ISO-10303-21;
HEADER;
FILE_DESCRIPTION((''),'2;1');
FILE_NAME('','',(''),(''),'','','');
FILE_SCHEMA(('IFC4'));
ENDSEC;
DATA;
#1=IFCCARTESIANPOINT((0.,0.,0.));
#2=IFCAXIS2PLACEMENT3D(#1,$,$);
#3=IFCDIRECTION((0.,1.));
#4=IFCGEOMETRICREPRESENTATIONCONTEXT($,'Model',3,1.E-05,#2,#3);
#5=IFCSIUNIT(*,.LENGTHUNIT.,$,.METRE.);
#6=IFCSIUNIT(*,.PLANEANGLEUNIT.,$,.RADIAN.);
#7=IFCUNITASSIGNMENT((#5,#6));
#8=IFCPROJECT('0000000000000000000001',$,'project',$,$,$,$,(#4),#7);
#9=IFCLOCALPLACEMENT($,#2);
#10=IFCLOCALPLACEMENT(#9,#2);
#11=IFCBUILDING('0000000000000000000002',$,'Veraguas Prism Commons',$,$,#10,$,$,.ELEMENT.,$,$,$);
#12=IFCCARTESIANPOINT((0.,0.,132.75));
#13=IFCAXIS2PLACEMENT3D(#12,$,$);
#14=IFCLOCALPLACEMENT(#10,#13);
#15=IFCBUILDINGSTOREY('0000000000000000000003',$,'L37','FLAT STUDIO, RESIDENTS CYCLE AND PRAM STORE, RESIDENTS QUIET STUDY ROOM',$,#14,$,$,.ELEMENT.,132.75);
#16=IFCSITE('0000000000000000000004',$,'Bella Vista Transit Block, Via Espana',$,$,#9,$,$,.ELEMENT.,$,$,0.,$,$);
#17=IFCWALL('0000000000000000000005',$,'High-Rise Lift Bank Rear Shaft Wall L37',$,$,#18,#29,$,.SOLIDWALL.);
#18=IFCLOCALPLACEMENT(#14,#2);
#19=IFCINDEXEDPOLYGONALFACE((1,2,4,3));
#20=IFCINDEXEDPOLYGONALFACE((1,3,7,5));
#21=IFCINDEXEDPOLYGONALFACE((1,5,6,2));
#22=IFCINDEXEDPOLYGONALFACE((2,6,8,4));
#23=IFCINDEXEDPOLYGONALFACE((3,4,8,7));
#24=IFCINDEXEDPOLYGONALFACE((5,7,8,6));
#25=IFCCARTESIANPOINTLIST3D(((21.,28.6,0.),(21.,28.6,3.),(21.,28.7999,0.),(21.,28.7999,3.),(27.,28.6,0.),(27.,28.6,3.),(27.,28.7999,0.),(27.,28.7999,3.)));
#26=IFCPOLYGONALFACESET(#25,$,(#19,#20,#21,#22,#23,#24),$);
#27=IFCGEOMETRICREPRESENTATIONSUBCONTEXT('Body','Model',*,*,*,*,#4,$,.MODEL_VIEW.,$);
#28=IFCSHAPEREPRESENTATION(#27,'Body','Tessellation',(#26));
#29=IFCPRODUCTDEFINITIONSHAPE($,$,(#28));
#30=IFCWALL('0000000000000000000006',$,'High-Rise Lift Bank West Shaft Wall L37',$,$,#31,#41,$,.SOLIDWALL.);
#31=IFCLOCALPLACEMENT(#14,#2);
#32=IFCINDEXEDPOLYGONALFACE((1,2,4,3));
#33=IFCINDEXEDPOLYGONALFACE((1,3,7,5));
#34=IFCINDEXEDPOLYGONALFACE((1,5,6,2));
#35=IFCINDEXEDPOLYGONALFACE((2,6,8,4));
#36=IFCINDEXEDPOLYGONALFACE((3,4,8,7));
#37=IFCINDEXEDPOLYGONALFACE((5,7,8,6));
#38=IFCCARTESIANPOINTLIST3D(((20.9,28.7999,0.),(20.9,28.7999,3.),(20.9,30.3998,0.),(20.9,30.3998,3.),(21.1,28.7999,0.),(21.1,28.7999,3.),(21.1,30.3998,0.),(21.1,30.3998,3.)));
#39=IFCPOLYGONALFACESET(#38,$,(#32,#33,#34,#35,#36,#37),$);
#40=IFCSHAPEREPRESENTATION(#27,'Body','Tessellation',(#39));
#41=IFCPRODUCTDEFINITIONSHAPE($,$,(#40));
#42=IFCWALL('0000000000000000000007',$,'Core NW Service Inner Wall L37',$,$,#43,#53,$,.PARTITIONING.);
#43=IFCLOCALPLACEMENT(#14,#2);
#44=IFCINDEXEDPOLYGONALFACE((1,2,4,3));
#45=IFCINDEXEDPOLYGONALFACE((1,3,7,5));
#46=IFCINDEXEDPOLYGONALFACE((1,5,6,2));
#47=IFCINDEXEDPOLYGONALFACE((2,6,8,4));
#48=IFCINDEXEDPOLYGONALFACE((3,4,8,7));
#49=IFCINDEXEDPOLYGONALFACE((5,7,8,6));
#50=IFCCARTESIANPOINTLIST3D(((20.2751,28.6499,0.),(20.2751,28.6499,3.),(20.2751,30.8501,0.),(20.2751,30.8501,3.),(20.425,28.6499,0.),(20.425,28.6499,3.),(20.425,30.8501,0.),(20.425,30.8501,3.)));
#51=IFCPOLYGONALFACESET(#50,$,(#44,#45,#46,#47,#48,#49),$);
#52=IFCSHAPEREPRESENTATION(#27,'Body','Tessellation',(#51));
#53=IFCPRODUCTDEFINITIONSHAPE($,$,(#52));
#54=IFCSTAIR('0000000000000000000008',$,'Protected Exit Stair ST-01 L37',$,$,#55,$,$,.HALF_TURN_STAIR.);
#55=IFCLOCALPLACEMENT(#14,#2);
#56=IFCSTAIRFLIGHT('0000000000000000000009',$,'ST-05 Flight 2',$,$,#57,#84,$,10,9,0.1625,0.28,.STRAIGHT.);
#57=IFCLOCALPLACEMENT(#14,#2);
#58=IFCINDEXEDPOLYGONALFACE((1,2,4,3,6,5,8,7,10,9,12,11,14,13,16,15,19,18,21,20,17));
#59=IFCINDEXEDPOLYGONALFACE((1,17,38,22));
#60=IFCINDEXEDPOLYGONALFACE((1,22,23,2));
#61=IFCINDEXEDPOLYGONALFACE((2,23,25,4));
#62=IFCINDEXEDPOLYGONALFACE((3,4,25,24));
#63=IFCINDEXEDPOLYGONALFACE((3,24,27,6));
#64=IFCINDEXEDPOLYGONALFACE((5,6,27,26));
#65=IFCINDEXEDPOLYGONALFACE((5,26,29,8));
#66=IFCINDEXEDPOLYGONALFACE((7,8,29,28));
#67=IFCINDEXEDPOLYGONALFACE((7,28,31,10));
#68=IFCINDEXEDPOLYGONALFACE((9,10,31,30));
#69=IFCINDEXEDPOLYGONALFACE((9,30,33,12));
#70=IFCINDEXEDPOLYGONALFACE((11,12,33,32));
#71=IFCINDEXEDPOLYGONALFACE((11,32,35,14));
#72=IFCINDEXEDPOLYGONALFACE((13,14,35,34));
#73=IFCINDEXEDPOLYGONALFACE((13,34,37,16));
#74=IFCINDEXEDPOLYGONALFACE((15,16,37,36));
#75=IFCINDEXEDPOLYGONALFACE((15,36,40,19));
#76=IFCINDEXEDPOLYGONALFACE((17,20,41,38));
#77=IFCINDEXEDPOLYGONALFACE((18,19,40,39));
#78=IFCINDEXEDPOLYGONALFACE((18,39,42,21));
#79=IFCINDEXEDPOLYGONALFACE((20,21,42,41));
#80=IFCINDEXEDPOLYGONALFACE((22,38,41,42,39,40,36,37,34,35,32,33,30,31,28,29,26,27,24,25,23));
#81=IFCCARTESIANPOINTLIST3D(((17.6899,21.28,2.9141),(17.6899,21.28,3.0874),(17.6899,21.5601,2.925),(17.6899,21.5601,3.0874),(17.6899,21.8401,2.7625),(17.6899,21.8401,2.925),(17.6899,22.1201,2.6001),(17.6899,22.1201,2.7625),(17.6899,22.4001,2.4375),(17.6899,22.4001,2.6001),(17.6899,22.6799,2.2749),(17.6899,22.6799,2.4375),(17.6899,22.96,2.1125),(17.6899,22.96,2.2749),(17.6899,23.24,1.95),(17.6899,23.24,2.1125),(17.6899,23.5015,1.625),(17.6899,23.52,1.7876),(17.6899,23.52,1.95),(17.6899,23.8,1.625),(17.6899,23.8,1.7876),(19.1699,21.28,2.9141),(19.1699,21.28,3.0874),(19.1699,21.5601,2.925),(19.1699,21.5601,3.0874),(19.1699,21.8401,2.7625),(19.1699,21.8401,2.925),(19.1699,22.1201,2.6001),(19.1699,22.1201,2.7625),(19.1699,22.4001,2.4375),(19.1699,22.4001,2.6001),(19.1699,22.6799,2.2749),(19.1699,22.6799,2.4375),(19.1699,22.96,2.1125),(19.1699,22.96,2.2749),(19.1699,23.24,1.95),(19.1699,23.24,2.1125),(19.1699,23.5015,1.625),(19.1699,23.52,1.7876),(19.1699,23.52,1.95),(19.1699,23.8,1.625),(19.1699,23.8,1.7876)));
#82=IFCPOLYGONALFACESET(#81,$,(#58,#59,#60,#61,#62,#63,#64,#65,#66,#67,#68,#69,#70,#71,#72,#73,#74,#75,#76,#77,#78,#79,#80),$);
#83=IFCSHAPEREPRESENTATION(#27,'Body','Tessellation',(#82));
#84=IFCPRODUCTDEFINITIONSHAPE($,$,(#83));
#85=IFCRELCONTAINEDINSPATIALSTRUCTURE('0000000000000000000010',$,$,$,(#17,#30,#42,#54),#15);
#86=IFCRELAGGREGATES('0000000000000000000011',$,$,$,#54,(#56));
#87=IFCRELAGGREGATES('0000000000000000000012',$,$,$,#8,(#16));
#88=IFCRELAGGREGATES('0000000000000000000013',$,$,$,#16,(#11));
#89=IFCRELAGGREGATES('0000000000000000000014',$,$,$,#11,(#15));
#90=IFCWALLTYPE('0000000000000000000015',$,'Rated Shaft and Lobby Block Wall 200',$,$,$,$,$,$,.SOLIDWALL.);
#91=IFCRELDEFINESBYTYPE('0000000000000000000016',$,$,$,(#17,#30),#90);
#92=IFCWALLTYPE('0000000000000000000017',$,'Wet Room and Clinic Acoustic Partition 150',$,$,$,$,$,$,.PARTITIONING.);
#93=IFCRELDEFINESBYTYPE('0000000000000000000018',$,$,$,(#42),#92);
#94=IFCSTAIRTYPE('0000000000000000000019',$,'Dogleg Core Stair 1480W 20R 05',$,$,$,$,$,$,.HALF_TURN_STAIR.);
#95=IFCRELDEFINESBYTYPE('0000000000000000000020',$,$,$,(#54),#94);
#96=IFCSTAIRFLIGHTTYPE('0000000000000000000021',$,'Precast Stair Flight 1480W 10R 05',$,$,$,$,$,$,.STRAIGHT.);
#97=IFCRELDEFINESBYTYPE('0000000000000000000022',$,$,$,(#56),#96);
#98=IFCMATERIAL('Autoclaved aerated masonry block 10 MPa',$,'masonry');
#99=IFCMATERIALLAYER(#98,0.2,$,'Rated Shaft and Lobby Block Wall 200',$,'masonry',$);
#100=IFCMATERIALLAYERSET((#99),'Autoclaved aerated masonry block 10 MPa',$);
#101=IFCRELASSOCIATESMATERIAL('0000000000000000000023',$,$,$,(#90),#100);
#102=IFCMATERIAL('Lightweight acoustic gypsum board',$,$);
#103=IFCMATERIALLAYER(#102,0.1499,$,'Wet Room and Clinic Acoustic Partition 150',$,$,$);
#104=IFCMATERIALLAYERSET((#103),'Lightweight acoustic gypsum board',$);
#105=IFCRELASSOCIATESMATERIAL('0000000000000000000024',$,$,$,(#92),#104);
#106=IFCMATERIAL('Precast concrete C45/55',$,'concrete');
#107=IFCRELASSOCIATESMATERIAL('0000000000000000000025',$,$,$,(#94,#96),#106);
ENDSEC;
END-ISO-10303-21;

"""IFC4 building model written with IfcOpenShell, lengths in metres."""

from ifc_helpers import new_model, si_unit, direction, frame, frame_2d, origin, place, context, subcontext, project, spatial, polyline, rectangle, outline, extrude, material, layer, layer_set, type_object, element, aggregate, save


model = new_model("IFC4")

# Units and contexts
model_context = context("Model", 3, precision=1e-05, world=origin(), true_north=direction((0.0, 1.0)))
body_context = subcontext(model_context, "Body", "Model", "MODEL_VIEW")
ifc_project = project(units=[si_unit("LENGTHUNIT", "METRE"), si_unit("PLANEANGLEUNIT", "RADIAN")], contexts=[model_context])

# Site, building, storey
site_placement = place(None, origin())
site = spatial("IfcSite", under=ifc_project, at=site_placement, Name="Bella Vista Transit Block, Via Espana", CompositionType="ELEMENT", RefElevation=0.0)
building_placement = place(site_placement, origin())
building = spatial("IfcBuilding", under=site, at=building_placement, Name="Veraguas Prism Commons", CompositionType="ELEMENT")
storey_placement = place(building_placement, frame((0.0, 0.0, 132.75)))
storey = spatial("IfcBuildingStorey", under=building, at=storey_placement, Name="L37", Description="FLAT STUDIO, RESIDENTS CYCLE AND PRAM STORE, RESIDENTS QUIET STUDY ROOM", CompositionType="ELEMENT", Elevation=132.75)

# Walls
ifc_material_1 = material(Name="Lightweight acoustic gypsum board")
ifc_material_2 = material(Name="Autoclaved aerated masonry block 10 MPa", Category="masonry")
ifc_layer_1 = layer(ifc_material_2, 0.2, Name="Rated Shaft and Lobby Block Wall 200", Category="masonry")
ifc_layer_set_1 = layer_set([ifc_layer_1], Name="Autoclaved aerated masonry block 10 MPa")
wall_type_1 = type_object("IfcWallType", Name="Rated Shaft and Lobby Block Wall 200", PredefinedType="SOLIDWALL", material=ifc_layer_set_1)
wall_1_placement = place(storey_placement, frame((21.0, 28.7, 0.0), z_axis=(0.0, 0.0, 1.0), x_axis=(1.0, 0.0, 0.0)))
element("IfcWall", 1, at=wall_1_placement, inside=storey, type_object=wall_type_1, Name="High-Rise Lift Bank Rear Shaft Wall L37", PredefinedType="SOLIDWALL", context=body_context, shape_type="SweptSolid", body=[
    extrude(rectangle(XDim=6.0, YDim=0.2, at=frame_2d((3.0, 0.0))), origin(), (0.0, 0.0, 1.0), 3.0),
])
wall_2_placement = place(storey_placement, frame((21.0, 28.8, 0.0), z_axis=(0.0, 0.0, 1.0), x_axis=(0.0, 1.0, 0.0)))
element("IfcWall", 2, at=wall_2_placement, inside=storey, type_object=wall_type_1, Name="High-Rise Lift Bank West Shaft Wall L37", PredefinedType="SOLIDWALL", context=body_context, shape_type="SweptSolid", body=[
    extrude(rectangle(XDim=1.5999, YDim=0.2, at=frame_2d((0.7998, 0.0))), origin(), (0.0, 0.0, 1.0), 3.0),
])
ifc_layer_2 = layer(ifc_material_1, 0.1499, Name="Wet Room and Clinic Acoustic Partition 150")
ifc_layer_set_2 = layer_set([ifc_layer_2], Name="Lightweight acoustic gypsum board")
wall_type_2 = type_object("IfcWallType", Name="Wet Room and Clinic Acoustic Partition 150", PredefinedType="PARTITIONING", material=ifc_layer_set_2)
wall_3_placement = place(storey_placement, frame((20.3501, 28.6499, 0.0), z_axis=(0.0, 0.0, 1.0), x_axis=(0.0, 1.0, 0.0)))
element("IfcWall", 3, at=wall_3_placement, inside=storey, type_object=wall_type_2, Name="Core NW Service Inner Wall L37", PredefinedType="PARTITIONING", context=body_context, shape_type="SweptSolid", body=[
    extrude(rectangle(XDim=2.2002, YDim=0.1499, at=frame_2d((1.1001, 0.0))), origin(), (0.0, 0.0, 1.0), 3.0),
])

# Stair, stair flight
ifc_material_3 = material(Name="Precast concrete C45/55", Category="concrete")
stair_type = type_object("IfcStairType", Name="Dogleg Core Stair 1480W 20R 05", PredefinedType="HALF_TURN_STAIR", material=ifc_material_3)
stair_placement = place(storey_placement, origin())
stair = element("IfcStair", 4, at=stair_placement, inside=storey, type_object=stair_type, Name="Protected Exit Stair ST-01 L37", PredefinedType="HALF_TURN_STAIR")
stair_flight_type = type_object("IfcStairFlightType", Name="Precast Stair Flight 1480W 10R 05", PredefinedType="STRAIGHT", material=ifc_material_3)
stair_flight_placement = place(storey_placement, frame((18.4299, 23.8, 1.625), z_axis=(0.0, 0.0, 1.0), x_axis=(0.0, -1.0, 0.0)))
stair_flight = element("IfcStairFlight", 5, at=stair_flight_placement, type_object=stair_flight_type, Name="ST-05 Flight 2", NumberOfRisers=10, NumberOfTreads=9, PredefinedType="STRAIGHT", RiserHeight=0.1625, TreadLength=0.28, context=body_context, shape_type="SweptSolid", body=[
    extrude(outline(polyline([(0.0, 0.0), (0.0, 0.1626), (0.28, 0.1626), (0.28, 0.325), (0.5601, 0.325), (0.5601, 0.4875), (0.8401, 0.4875), (0.8401, 0.6499), (1.1201, 0.6499), (1.1201, 0.8125), (1.3999, 0.8125), (1.3999, 0.9751), (1.6799, 0.9751), (1.6799, 1.1375), (1.96, 1.1375), (1.96, 1.3), (2.24, 1.3), (2.24, 1.4624), (2.52, 1.4624), (2.52, 1.625), (2.52, 1.2891), (0.2986, 0.0), (0.0, 0.0)])), frame((0.0, 0.74, 0.0), z_axis=(0.0, -1.0, 0.0), x_axis=(1.0, 0.0, 0.0)), (0.0, 0.0, 1.0), 1.48),
])
aggregate(stair, [stair_flight])

save(model, "model.ifc")
